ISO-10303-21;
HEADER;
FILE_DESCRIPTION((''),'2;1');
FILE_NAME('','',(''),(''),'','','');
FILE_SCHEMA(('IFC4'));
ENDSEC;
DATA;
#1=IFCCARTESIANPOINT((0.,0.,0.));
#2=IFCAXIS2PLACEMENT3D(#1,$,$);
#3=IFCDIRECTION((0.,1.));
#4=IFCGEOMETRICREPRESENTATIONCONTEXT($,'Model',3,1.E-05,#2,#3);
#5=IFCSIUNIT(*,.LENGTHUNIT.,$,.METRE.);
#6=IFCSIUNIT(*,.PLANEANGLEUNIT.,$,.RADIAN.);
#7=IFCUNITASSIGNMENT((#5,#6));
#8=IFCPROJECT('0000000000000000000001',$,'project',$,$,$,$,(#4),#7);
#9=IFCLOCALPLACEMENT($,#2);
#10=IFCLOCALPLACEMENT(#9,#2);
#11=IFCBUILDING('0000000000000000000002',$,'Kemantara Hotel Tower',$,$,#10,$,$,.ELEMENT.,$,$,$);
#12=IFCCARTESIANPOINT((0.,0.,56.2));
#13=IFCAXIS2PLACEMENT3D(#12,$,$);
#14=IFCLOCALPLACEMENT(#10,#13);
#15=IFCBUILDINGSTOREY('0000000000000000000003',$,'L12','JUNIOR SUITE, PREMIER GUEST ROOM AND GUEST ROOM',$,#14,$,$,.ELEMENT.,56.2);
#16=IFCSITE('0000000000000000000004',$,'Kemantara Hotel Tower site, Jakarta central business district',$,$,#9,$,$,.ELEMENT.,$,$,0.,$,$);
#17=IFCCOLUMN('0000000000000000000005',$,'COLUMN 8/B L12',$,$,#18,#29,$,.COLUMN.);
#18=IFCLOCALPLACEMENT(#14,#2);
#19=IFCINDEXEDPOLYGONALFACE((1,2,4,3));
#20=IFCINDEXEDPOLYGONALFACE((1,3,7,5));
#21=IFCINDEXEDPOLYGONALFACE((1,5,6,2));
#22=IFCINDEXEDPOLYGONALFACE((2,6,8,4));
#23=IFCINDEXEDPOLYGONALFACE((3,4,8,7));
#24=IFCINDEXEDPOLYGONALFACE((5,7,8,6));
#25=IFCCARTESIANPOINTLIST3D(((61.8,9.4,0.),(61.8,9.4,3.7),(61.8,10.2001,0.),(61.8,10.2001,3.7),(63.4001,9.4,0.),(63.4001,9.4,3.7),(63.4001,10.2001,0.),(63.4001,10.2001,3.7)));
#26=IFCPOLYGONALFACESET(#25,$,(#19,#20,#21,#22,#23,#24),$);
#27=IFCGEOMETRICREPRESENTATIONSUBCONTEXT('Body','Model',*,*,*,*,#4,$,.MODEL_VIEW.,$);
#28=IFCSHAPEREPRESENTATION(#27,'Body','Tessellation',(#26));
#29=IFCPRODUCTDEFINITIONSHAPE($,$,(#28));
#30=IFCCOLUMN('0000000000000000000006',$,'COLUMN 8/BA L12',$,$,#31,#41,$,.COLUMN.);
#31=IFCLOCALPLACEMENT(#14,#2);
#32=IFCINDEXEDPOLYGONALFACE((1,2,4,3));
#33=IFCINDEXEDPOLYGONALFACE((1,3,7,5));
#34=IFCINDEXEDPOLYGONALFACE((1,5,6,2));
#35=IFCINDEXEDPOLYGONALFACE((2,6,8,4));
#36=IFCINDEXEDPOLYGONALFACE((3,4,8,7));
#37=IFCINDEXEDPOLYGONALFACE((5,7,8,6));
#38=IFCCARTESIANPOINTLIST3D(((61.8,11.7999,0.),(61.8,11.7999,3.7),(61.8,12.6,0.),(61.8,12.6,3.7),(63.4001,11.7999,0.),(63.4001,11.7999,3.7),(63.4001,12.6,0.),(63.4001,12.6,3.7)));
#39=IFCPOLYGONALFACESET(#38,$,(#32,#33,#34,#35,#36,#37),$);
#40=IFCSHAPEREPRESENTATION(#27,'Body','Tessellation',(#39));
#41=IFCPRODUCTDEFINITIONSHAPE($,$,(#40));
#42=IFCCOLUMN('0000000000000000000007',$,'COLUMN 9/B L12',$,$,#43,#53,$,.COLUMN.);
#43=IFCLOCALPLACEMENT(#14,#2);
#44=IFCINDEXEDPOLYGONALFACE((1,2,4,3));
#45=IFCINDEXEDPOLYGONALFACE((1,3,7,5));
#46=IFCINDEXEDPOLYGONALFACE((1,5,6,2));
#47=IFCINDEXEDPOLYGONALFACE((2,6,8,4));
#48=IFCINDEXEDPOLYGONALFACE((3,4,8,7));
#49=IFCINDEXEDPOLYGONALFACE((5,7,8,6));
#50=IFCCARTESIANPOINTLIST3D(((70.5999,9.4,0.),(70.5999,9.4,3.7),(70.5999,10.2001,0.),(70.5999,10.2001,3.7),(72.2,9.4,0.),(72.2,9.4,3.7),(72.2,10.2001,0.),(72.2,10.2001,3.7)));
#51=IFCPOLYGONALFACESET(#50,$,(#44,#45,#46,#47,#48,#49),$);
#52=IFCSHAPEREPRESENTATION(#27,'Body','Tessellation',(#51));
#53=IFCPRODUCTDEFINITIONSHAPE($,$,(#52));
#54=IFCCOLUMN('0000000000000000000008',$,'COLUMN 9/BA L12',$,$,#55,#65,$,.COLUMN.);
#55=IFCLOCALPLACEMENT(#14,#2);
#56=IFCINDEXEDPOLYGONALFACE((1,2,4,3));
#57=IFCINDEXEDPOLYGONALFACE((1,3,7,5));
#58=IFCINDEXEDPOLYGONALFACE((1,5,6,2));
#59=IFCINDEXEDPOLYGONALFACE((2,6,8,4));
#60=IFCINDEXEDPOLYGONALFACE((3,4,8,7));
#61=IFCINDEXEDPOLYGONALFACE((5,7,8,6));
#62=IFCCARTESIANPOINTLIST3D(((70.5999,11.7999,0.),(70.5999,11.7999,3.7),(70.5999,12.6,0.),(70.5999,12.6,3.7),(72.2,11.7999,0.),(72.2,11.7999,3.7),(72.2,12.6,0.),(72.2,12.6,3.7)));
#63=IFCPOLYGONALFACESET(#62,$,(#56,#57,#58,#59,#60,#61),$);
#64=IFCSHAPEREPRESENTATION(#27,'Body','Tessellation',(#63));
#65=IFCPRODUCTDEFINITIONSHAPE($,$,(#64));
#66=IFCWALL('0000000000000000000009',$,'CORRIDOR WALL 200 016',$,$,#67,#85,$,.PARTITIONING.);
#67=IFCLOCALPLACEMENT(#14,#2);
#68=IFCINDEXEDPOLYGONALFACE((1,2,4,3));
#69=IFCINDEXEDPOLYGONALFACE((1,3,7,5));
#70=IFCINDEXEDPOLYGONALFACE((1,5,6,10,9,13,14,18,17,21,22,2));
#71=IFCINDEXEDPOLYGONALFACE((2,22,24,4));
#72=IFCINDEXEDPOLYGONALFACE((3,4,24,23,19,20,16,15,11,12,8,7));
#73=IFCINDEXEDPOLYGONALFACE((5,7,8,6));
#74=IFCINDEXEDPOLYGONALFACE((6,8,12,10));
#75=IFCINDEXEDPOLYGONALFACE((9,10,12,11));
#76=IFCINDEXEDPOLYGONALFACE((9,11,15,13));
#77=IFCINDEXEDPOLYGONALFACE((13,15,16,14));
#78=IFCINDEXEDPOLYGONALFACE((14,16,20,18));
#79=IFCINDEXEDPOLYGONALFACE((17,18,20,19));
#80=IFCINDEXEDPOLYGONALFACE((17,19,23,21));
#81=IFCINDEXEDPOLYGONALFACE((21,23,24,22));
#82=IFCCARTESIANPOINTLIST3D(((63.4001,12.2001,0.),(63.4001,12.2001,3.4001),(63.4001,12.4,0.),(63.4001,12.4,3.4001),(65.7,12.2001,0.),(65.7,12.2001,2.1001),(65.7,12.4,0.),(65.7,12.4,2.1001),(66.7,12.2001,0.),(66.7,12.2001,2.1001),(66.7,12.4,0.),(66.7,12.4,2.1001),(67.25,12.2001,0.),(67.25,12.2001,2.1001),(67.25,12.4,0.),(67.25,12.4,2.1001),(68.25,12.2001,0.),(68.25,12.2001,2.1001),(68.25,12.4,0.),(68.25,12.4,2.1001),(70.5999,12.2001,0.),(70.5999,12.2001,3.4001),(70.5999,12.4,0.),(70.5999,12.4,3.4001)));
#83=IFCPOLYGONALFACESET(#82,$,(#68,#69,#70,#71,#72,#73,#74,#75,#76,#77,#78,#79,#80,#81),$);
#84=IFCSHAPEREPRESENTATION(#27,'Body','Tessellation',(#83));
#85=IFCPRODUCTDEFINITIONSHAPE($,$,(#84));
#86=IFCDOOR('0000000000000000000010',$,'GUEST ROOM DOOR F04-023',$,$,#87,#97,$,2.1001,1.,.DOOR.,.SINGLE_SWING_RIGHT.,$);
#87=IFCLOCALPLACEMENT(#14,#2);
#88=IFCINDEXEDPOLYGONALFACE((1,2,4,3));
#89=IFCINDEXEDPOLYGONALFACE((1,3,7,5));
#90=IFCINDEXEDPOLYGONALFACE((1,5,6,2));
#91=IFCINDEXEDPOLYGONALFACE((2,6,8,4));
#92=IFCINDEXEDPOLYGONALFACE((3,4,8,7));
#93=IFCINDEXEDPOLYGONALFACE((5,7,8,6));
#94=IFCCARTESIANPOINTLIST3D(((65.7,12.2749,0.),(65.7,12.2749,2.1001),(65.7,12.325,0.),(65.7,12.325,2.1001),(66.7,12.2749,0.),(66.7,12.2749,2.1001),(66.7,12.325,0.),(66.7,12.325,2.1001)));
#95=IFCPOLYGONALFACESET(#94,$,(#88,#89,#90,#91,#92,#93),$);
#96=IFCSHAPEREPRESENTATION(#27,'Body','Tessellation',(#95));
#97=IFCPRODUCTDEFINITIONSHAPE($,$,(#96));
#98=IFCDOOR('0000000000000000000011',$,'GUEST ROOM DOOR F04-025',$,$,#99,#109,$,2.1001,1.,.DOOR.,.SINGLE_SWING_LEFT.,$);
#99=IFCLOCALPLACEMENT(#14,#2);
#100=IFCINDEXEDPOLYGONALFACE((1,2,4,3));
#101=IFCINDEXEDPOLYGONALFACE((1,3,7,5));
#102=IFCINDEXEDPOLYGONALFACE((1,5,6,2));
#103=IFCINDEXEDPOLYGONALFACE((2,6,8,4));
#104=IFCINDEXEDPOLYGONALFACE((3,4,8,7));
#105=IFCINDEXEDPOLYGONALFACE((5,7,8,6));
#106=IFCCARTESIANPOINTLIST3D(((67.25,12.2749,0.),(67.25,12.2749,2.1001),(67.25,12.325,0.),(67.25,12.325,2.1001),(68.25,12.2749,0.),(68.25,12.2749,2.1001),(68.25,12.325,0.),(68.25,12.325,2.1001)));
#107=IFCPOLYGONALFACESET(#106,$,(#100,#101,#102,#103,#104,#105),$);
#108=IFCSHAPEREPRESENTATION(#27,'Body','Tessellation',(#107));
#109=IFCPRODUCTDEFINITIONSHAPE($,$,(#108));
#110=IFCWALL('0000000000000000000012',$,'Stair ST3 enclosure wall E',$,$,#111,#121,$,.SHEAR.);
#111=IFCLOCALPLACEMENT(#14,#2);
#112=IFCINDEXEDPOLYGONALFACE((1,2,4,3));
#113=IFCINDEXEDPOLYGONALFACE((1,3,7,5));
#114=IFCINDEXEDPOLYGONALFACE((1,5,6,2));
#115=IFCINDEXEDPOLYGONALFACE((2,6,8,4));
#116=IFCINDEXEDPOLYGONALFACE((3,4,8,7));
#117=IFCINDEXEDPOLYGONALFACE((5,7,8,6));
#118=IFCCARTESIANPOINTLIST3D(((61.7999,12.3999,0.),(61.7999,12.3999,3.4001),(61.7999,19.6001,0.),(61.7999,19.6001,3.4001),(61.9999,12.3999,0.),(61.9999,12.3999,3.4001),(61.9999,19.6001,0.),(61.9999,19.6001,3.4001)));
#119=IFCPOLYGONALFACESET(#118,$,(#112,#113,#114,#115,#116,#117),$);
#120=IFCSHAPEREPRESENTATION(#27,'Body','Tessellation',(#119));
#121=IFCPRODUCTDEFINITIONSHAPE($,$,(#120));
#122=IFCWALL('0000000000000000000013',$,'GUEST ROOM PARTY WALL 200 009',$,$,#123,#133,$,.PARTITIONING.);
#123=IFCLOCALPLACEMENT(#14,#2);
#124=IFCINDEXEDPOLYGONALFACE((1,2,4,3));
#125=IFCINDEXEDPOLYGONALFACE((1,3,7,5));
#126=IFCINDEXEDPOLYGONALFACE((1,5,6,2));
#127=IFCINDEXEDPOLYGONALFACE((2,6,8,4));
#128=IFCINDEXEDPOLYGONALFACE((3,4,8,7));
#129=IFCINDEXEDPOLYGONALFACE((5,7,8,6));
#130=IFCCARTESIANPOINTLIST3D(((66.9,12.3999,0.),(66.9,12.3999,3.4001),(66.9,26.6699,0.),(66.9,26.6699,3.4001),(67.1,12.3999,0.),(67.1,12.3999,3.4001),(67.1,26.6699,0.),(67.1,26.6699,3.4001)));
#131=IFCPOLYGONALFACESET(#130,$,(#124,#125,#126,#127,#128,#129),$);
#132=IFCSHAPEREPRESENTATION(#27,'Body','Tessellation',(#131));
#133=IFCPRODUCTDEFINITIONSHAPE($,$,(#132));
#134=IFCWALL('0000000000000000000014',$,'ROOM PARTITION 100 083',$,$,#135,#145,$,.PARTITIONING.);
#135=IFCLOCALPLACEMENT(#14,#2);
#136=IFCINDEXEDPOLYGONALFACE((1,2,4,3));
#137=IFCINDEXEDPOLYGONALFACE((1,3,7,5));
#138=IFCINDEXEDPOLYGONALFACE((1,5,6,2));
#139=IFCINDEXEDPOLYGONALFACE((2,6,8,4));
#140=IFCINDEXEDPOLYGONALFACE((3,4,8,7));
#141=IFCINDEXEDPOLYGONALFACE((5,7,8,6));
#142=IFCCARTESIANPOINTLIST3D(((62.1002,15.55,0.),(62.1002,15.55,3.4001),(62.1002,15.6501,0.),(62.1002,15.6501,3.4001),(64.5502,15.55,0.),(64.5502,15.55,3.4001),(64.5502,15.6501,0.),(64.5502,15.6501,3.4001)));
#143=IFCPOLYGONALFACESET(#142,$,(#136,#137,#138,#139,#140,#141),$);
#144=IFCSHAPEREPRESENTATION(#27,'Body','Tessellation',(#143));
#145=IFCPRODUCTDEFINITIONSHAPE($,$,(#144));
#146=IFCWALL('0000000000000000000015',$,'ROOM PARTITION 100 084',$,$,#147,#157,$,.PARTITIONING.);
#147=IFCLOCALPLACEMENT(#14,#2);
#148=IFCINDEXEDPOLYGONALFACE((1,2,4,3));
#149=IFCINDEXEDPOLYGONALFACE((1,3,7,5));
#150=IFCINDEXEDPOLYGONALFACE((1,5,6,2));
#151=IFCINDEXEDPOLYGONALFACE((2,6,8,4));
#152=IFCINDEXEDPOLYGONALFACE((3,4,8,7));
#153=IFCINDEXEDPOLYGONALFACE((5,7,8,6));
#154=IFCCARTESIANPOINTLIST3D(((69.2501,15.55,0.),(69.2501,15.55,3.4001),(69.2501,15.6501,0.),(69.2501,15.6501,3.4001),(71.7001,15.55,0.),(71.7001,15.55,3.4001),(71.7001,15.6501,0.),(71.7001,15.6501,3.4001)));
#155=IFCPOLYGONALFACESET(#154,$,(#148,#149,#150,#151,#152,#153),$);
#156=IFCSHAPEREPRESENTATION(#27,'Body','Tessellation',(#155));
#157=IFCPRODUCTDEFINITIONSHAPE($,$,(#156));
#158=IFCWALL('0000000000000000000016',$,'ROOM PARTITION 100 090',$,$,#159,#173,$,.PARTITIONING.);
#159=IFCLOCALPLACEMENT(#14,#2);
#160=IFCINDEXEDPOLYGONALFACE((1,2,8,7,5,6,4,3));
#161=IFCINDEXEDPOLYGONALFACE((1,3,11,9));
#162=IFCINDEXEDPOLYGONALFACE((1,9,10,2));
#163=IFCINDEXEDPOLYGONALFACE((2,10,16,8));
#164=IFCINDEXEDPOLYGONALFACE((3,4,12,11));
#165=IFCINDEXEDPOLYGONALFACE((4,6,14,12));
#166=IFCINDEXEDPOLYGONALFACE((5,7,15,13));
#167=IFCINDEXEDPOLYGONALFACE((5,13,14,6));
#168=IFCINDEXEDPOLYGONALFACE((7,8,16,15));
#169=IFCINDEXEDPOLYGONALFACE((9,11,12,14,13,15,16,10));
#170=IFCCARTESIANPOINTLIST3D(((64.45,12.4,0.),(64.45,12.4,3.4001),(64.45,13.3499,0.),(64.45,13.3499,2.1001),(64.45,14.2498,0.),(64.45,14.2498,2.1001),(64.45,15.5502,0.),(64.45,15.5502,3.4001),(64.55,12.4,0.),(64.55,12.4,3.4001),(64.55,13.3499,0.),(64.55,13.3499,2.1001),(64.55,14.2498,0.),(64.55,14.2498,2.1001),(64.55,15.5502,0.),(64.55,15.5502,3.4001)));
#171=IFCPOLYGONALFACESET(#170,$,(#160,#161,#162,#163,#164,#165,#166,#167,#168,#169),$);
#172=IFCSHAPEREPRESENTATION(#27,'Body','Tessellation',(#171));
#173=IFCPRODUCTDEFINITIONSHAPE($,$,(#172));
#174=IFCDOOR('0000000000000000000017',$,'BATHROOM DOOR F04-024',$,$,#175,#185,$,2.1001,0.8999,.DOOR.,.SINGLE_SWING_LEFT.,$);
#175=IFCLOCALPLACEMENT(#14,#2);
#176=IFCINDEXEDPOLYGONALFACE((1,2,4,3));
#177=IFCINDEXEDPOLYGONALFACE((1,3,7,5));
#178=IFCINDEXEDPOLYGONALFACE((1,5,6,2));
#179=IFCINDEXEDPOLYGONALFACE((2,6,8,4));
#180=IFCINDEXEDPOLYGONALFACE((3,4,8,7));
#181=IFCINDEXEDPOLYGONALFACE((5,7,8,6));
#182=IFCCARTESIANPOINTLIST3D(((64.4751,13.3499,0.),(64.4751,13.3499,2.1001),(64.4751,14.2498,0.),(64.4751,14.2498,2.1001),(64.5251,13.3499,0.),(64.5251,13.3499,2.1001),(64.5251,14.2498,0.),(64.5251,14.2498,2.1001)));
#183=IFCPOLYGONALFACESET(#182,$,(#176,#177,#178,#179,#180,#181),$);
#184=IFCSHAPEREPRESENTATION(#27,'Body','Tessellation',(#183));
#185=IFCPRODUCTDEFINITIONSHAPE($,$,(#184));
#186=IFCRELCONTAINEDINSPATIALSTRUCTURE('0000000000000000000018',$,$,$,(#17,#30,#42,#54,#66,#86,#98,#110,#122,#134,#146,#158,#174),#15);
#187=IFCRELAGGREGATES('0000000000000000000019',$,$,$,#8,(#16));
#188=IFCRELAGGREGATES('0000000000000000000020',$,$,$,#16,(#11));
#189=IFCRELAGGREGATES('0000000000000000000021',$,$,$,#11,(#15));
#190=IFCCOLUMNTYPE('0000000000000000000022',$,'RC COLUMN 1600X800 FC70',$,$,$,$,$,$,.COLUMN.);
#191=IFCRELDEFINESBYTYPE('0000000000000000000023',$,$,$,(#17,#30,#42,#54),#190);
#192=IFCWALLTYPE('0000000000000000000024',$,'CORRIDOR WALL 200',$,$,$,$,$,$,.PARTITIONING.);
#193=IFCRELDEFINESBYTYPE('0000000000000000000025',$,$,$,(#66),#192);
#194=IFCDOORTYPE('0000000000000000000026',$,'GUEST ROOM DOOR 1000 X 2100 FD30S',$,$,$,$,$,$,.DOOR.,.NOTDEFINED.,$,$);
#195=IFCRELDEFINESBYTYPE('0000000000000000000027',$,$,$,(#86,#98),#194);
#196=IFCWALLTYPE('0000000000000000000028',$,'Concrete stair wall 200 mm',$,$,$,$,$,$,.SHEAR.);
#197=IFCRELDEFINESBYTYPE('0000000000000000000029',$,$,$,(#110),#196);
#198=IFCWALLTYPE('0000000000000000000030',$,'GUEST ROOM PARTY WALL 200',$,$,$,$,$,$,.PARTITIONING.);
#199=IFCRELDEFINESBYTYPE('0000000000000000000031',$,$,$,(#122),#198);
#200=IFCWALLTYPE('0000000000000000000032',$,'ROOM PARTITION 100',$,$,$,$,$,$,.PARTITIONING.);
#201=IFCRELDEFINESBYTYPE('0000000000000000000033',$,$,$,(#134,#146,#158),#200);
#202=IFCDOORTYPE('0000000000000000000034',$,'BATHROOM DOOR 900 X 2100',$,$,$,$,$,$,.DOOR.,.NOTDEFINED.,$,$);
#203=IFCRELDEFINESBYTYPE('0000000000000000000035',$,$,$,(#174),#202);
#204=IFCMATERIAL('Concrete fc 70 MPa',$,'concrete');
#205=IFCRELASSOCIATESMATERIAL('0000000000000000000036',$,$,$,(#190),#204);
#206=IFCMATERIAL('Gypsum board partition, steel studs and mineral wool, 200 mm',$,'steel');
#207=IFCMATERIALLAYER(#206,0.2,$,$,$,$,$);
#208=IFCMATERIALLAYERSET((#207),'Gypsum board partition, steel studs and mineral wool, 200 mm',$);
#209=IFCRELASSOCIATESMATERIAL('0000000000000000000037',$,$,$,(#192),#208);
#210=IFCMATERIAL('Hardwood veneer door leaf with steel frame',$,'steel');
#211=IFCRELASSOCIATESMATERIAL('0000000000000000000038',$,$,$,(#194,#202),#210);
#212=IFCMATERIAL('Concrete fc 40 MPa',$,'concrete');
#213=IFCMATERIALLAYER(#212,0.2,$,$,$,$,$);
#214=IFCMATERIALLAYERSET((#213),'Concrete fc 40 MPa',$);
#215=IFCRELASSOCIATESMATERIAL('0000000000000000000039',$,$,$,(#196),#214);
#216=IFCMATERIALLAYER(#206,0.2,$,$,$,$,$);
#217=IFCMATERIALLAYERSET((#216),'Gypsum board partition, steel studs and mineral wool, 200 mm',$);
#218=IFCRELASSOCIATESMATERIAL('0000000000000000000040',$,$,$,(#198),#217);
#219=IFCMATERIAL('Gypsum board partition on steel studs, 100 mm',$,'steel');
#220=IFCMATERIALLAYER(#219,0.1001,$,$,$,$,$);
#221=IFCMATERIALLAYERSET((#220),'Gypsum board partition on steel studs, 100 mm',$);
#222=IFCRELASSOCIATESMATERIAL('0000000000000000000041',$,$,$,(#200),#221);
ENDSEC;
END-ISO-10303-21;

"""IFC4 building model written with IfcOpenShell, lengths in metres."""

from ifc_helpers import new_model, si_unit, direction, frame, frame_2d, origin, origin_2d, place, context, subcontext, project, spatial, rectangle, extrude, material, layer, layer_set, material_profile, profile_set, type_object, element, fill, save


model = new_model("IFC4")

# Units and contexts
model_context = context("Model", 3, precision=1e-05, world=origin(), true_north=direction((0.0, 1.0)))
body_context = subcontext(model_context, "Body", "Model", "MODEL_VIEW")
ifc_project = project(units=[si_unit("LENGTHUNIT", "METRE"), si_unit("PLANEANGLEUNIT", "RADIAN")], contexts=[model_context])

# Site, building, storey
site_placement = place(None, origin())
site = spatial("IfcSite", under=ifc_project, at=site_placement, Name="Kemantara Hotel Tower site, Jakarta central business district", CompositionType="ELEMENT", RefElevation=0.0)
building_placement = place(site_placement, origin())
building = spatial("IfcBuilding", under=site, at=building_placement, Name="Kemantara Hotel Tower", CompositionType="ELEMENT")
storey_placement = place(building_placement, frame((0.0, 0.0, 56.2)))
storey = spatial("IfcBuildingStorey", under=building, at=storey_placement, Name="L12", Description="JUNIOR SUITE, PREMIER GUEST ROOM AND GUEST ROOM", CompositionType="ELEMENT", Elevation=56.2)

# Columns
ifc_material_1 = material(Name="Concrete fc 70 MPa", Category="concrete")
ifc_material_profile = material_profile(ifc_material_1, rectangle(XDim=1.6001, YDim=0.8, at=origin_2d()), Name="RC 1600X800")
ifc_profile_set = profile_set([ifc_material_profile], Name="Concrete fc 70 MPa")
column_type = type_object("IfcColumnType", Name="RC COLUMN 1600X800 FC70", PredefinedType="COLUMN", material=ifc_profile_set)
for number, where, z_axis, x_axis, name in (
    (1, (62.6001, 9.8, 0.0), (0.0, 0.0, 1.0), (1.0, 0.0, 0.0), "COLUMN 8/B L12"),
    (2, (62.6001, 12.2, 0.0), (0.0, 0.0, 1.0), (1.0, 0.0, 0.0), "COLUMN 8/BA L12"),
    (3, (71.3999, 9.8, 0.0), (0.0, 0.0, 1.0), (1.0, 0.0, 0.0), "COLUMN 9/B L12"),
    (4, (71.3999, 12.2, 0.0), (0.0, 0.0, 1.0), (1.0, 0.0, 0.0), "COLUMN 9/BA L12"),
):
    element("IfcColumn", number, at=place(storey_placement, frame(where, z_axis=z_axis, x_axis=x_axis)), inside=storey, type_object=column_type, Name=name, PredefinedType="COLUMN", context=body_context, shape_type="SweptSolid", body=[
        extrude(rectangle(XDim=1.6001, YDim=0.8, at=origin_2d()), origin(), (0.0, 0.0, 1.0), 3.7),
    ])

# Wall, openings, doors
ifc_material_2 = material(Name="Gypsum board partition, steel studs and mineral wool, 200 mm", Category="steel")
ifc_layer_1 = layer(ifc_material_2, 0.2)
ifc_layer_set_1 = layer_set([ifc_layer_1], Name="Gypsum board partition, steel studs and mineral wool, 200 mm")
wall_type_1 = type_object("IfcWallType", Name="CORRIDOR WALL 200", PredefinedType="PARTITIONING", material=ifc_layer_set_1)
wall_1_placement = place(storey_placement, frame((63.4001, 12.3, 0.0), z_axis=(0.0, 0.0, 1.0), x_axis=(1.0, 0.0, 0.0)))
wall_1 = element("IfcWall", 5, at=wall_1_placement, inside=storey, type_object=wall_type_1, Name="CORRIDOR WALL 200 016", PredefinedType="PARTITIONING", context=body_context, shape_type="SweptSolid", body=[
    extrude(rectangle(XDim=7.1997, YDim=0.2, at=frame_2d((3.5999, 0.0))), origin(), (0.0, 0.0, 1.0), 3.4001),
])
opening_1_placement = place(wall_1_placement, frame((2.2998, 0.0, 0.0)))
opening_1 = element("IfcOpeningElement", 6, at=opening_1_placement, cuts=wall_1, PredefinedType="OPENING", context=body_context, shape_type="SweptSolid", body=[
    extrude(rectangle(XDim=1.0, YDim=2.1001, at=frame_2d((0.5, 1.05))), frame((0.0, 0.1099, 0.0), z_axis=(0.0, -1.0, 0.0), x_axis=(1.0, 0.0, 0.0)), (0.0, 0.0, 1.0), 0.22),
])
opening_2_placement = place(wall_1_placement, frame((3.8499, 0.0, 0.0)))
opening_2 = element("IfcOpeningElement", 7, at=opening_2_placement, cuts=wall_1, PredefinedType="OPENING", context=body_context, shape_type="SweptSolid", body=[
    extrude(rectangle(XDim=1.0, YDim=2.1001, at=frame_2d((0.5, 1.05))), frame((0.0, 0.1099, 0.0), z_axis=(0.0, -1.0, 0.0), x_axis=(1.0, 0.0, 0.0)), (0.0, 0.0, 1.0), 0.22),
])
ifc_material_3 = material(Name="Hardwood veneer door leaf with steel frame", Category="steel")
door_type_1 = type_object("IfcDoorType", Name="GUEST ROOM DOOR 1000 X 2100 FD30S", OperationType="NOTDEFINED", PredefinedType="DOOR", material=ifc_material_3)
door_1_placement = place(opening_1_placement, origin())
door_1 = element("IfcDoor", 8, at=door_1_placement, inside=storey, type_object=door_type_1, Name="GUEST ROOM DOOR F04-023", OperationType="SINGLE_SWING_RIGHT", OverallHeight=2.1001, OverallWidth=1.0, PredefinedType="DOOR", context=body_context, shape_type="SweptSolid", body=[
    extrude(rectangle(XDim=1.0, YDim=2.1001, at=frame_2d((0.5, 1.05))), frame((0.0, 0.0249, 0.0), z_axis=(0.0, -1.0, 0.0), x_axis=(1.0, 0.0, 0.0)), (0.0, 0.0, 1.0), 0.05),
])
fill(opening_1, door_1)
door_2_placement = place(opening_2_placement, origin())
door_2 = element("IfcDoor", 9, at=door_2_placement, inside=storey, type_object=door_type_1, Name="GUEST ROOM DOOR F04-025", OperationType="SINGLE_SWING_LEFT", OverallHeight=2.1001, OverallWidth=1.0, PredefinedType="DOOR", context=body_context, shape_type="SweptSolid", body=[
    extrude(rectangle(XDim=1.0, YDim=2.1001, at=frame_2d((0.5, 1.05))), frame((0.0, 0.0249, 0.0), z_axis=(0.0, -1.0, 0.0), x_axis=(1.0, 0.0, 0.0)), (0.0, 0.0, 1.0), 0.05),
])
fill(opening_2, door_2)

# Walls
ifc_material_4 = material(Name="Concrete fc 40 MPa", Category="concrete")
ifc_layer_2 = layer(ifc_material_4, 0.2)
ifc_layer_set_2 = layer_set([ifc_layer_2], Name="Concrete fc 40 MPa")
wall_type_2 = type_object("IfcWallType", Name="Concrete stair wall 200 mm", PredefinedType="SHEAR", material=ifc_layer_set_2)
wall_2_placement = place(storey_placement, frame((61.8999, 12.3999, 0.0), z_axis=(0.0, 0.0, 1.0), x_axis=(0.0, 1.0, 0.0)))
element("IfcWall", 10, at=wall_2_placement, inside=storey, type_object=wall_type_2, Name="Stair ST3 enclosure wall E", PredefinedType="SHEAR", context=body_context, shape_type="SweptSolid", body=[
    extrude(rectangle(XDim=7.2002, YDim=0.2, at=frame_2d((3.6001, 0.0))), origin(), (0.0, 0.0, 1.0), 3.4001),
])
ifc_layer_3 = layer(ifc_material_2, 0.2)
ifc_layer_set_3 = layer_set([ifc_layer_3], Name="Gypsum board partition, steel studs and mineral wool, 200 mm")
wall_type_3 = type_object("IfcWallType", Name="GUEST ROOM PARTY WALL 200", PredefinedType="PARTITIONING", material=ifc_layer_set_3)
wall_3_placement = place(storey_placement, frame((67.0, 12.3999, 0.0), z_axis=(0.0, 0.0, 1.0), x_axis=(0.0, 1.0, 0.0)))
element("IfcWall", 11, at=wall_3_placement, inside=storey, type_object=wall_type_3, Name="GUEST ROOM PARTY WALL 200 009", PredefinedType="PARTITIONING", context=body_context, shape_type="SweptSolid", body=[
    extrude(rectangle(XDim=14.27, YDim=0.2, at=frame_2d((7.135, 0.0))), origin(), (0.0, 0.0, 1.0), 3.4001),
])
ifc_material_5 = material(Name="Gypsum board partition on steel studs, 100 mm", Category="steel")
ifc_layer_4 = layer(ifc_material_5, 0.1001)
ifc_layer_set_4 = layer_set([ifc_layer_4], Name="Gypsum board partition on steel studs, 100 mm")
wall_type_4 = type_object("IfcWallType", Name="ROOM PARTITION 100", PredefinedType="PARTITIONING", material=ifc_layer_set_4)
for number, where, z_axis, x_axis, name in (
    (12, (62.1001, 15.6001, 0.0), (0.0, 0.0, 1.0), (1.0, 0.0, 0.0), "ROOM PARTITION 100 083"),
    (13, (69.25, 15.6001, 0.0), (0.0, 0.0, 1.0), (1.0, 0.0, 0.0), "ROOM PARTITION 100 084"),
):
    element("IfcWall", number, at=place(storey_placement, frame(where, z_axis=z_axis, x_axis=x_axis)), inside=storey, type_object=wall_type_4, Name=name, PredefinedType="PARTITIONING", context=body_context, shape_type="SweptSolid", body=[
        extrude(rectangle(XDim=2.45, YDim=0.1001, at=frame_2d((1.2251, 0.0))), origin(), (0.0, 0.0, 1.0), 3.4001),
    ])

# Wall, opening, door
wall_4_placement = place(storey_placement, frame((64.5, 12.3999, 0.0), z_axis=(0.0, 0.0, 1.0), x_axis=(0.0, 1.0, 0.0)))
wall_4 = element("IfcWall", 14, at=wall_4_placement, inside=storey, type_object=wall_type_4, Name="ROOM PARTITION 100 090", PredefinedType="PARTITIONING", context=body_context, shape_type="SweptSolid", body=[
    extrude(rectangle(XDim=3.1501, YDim=0.1001, at=frame_2d((1.5752, 0.0))), origin(), (0.0, 0.0, 1.0), 3.4001),
])
opening_3_placement = place(wall_4_placement, frame((0.95, 0.0, 0.0)))
opening_3 = element("IfcOpeningElement", 15, at=opening_3_placement, cuts=wall_4, PredefinedType="OPENING", context=body_context, shape_type="SweptSolid", body=[
    extrude(rectangle(XDim=0.8999, YDim=2.1001, at=frame_2d((0.45, 1.05))), frame((0.0, 0.0601, 0.0), z_axis=(0.0, -1.0, 0.0), x_axis=(1.0, 0.0, 0.0)), (0.0, 0.0, 1.0), 0.1201),
])
door_type_2 = type_object("IfcDoorType", Name="BATHROOM DOOR 900 X 2100", OperationType="NOTDEFINED", PredefinedType="DOOR", material=ifc_material_3)
door_3_placement = place(opening_3_placement, origin())
door_3 = element("IfcDoor", 16, at=door_3_placement, inside=storey, type_object=door_type_2, Name="BATHROOM DOOR F04-024", OperationType="SINGLE_SWING_LEFT", OverallHeight=2.1001, OverallWidth=0.8999, PredefinedType="DOOR", context=body_context, shape_type="SweptSolid", body=[
    extrude(rectangle(XDim=0.8999, YDim=2.1001, at=frame_2d((0.45, 1.05))), frame((0.0, 0.0249, 0.0), z_axis=(0.0, -1.0, 0.0), x_axis=(1.0, 0.0, 0.0)), (0.0, 0.0, 1.0), 0.05),
])
fill(opening_3, door_3)

save(model, "model.ifc")
